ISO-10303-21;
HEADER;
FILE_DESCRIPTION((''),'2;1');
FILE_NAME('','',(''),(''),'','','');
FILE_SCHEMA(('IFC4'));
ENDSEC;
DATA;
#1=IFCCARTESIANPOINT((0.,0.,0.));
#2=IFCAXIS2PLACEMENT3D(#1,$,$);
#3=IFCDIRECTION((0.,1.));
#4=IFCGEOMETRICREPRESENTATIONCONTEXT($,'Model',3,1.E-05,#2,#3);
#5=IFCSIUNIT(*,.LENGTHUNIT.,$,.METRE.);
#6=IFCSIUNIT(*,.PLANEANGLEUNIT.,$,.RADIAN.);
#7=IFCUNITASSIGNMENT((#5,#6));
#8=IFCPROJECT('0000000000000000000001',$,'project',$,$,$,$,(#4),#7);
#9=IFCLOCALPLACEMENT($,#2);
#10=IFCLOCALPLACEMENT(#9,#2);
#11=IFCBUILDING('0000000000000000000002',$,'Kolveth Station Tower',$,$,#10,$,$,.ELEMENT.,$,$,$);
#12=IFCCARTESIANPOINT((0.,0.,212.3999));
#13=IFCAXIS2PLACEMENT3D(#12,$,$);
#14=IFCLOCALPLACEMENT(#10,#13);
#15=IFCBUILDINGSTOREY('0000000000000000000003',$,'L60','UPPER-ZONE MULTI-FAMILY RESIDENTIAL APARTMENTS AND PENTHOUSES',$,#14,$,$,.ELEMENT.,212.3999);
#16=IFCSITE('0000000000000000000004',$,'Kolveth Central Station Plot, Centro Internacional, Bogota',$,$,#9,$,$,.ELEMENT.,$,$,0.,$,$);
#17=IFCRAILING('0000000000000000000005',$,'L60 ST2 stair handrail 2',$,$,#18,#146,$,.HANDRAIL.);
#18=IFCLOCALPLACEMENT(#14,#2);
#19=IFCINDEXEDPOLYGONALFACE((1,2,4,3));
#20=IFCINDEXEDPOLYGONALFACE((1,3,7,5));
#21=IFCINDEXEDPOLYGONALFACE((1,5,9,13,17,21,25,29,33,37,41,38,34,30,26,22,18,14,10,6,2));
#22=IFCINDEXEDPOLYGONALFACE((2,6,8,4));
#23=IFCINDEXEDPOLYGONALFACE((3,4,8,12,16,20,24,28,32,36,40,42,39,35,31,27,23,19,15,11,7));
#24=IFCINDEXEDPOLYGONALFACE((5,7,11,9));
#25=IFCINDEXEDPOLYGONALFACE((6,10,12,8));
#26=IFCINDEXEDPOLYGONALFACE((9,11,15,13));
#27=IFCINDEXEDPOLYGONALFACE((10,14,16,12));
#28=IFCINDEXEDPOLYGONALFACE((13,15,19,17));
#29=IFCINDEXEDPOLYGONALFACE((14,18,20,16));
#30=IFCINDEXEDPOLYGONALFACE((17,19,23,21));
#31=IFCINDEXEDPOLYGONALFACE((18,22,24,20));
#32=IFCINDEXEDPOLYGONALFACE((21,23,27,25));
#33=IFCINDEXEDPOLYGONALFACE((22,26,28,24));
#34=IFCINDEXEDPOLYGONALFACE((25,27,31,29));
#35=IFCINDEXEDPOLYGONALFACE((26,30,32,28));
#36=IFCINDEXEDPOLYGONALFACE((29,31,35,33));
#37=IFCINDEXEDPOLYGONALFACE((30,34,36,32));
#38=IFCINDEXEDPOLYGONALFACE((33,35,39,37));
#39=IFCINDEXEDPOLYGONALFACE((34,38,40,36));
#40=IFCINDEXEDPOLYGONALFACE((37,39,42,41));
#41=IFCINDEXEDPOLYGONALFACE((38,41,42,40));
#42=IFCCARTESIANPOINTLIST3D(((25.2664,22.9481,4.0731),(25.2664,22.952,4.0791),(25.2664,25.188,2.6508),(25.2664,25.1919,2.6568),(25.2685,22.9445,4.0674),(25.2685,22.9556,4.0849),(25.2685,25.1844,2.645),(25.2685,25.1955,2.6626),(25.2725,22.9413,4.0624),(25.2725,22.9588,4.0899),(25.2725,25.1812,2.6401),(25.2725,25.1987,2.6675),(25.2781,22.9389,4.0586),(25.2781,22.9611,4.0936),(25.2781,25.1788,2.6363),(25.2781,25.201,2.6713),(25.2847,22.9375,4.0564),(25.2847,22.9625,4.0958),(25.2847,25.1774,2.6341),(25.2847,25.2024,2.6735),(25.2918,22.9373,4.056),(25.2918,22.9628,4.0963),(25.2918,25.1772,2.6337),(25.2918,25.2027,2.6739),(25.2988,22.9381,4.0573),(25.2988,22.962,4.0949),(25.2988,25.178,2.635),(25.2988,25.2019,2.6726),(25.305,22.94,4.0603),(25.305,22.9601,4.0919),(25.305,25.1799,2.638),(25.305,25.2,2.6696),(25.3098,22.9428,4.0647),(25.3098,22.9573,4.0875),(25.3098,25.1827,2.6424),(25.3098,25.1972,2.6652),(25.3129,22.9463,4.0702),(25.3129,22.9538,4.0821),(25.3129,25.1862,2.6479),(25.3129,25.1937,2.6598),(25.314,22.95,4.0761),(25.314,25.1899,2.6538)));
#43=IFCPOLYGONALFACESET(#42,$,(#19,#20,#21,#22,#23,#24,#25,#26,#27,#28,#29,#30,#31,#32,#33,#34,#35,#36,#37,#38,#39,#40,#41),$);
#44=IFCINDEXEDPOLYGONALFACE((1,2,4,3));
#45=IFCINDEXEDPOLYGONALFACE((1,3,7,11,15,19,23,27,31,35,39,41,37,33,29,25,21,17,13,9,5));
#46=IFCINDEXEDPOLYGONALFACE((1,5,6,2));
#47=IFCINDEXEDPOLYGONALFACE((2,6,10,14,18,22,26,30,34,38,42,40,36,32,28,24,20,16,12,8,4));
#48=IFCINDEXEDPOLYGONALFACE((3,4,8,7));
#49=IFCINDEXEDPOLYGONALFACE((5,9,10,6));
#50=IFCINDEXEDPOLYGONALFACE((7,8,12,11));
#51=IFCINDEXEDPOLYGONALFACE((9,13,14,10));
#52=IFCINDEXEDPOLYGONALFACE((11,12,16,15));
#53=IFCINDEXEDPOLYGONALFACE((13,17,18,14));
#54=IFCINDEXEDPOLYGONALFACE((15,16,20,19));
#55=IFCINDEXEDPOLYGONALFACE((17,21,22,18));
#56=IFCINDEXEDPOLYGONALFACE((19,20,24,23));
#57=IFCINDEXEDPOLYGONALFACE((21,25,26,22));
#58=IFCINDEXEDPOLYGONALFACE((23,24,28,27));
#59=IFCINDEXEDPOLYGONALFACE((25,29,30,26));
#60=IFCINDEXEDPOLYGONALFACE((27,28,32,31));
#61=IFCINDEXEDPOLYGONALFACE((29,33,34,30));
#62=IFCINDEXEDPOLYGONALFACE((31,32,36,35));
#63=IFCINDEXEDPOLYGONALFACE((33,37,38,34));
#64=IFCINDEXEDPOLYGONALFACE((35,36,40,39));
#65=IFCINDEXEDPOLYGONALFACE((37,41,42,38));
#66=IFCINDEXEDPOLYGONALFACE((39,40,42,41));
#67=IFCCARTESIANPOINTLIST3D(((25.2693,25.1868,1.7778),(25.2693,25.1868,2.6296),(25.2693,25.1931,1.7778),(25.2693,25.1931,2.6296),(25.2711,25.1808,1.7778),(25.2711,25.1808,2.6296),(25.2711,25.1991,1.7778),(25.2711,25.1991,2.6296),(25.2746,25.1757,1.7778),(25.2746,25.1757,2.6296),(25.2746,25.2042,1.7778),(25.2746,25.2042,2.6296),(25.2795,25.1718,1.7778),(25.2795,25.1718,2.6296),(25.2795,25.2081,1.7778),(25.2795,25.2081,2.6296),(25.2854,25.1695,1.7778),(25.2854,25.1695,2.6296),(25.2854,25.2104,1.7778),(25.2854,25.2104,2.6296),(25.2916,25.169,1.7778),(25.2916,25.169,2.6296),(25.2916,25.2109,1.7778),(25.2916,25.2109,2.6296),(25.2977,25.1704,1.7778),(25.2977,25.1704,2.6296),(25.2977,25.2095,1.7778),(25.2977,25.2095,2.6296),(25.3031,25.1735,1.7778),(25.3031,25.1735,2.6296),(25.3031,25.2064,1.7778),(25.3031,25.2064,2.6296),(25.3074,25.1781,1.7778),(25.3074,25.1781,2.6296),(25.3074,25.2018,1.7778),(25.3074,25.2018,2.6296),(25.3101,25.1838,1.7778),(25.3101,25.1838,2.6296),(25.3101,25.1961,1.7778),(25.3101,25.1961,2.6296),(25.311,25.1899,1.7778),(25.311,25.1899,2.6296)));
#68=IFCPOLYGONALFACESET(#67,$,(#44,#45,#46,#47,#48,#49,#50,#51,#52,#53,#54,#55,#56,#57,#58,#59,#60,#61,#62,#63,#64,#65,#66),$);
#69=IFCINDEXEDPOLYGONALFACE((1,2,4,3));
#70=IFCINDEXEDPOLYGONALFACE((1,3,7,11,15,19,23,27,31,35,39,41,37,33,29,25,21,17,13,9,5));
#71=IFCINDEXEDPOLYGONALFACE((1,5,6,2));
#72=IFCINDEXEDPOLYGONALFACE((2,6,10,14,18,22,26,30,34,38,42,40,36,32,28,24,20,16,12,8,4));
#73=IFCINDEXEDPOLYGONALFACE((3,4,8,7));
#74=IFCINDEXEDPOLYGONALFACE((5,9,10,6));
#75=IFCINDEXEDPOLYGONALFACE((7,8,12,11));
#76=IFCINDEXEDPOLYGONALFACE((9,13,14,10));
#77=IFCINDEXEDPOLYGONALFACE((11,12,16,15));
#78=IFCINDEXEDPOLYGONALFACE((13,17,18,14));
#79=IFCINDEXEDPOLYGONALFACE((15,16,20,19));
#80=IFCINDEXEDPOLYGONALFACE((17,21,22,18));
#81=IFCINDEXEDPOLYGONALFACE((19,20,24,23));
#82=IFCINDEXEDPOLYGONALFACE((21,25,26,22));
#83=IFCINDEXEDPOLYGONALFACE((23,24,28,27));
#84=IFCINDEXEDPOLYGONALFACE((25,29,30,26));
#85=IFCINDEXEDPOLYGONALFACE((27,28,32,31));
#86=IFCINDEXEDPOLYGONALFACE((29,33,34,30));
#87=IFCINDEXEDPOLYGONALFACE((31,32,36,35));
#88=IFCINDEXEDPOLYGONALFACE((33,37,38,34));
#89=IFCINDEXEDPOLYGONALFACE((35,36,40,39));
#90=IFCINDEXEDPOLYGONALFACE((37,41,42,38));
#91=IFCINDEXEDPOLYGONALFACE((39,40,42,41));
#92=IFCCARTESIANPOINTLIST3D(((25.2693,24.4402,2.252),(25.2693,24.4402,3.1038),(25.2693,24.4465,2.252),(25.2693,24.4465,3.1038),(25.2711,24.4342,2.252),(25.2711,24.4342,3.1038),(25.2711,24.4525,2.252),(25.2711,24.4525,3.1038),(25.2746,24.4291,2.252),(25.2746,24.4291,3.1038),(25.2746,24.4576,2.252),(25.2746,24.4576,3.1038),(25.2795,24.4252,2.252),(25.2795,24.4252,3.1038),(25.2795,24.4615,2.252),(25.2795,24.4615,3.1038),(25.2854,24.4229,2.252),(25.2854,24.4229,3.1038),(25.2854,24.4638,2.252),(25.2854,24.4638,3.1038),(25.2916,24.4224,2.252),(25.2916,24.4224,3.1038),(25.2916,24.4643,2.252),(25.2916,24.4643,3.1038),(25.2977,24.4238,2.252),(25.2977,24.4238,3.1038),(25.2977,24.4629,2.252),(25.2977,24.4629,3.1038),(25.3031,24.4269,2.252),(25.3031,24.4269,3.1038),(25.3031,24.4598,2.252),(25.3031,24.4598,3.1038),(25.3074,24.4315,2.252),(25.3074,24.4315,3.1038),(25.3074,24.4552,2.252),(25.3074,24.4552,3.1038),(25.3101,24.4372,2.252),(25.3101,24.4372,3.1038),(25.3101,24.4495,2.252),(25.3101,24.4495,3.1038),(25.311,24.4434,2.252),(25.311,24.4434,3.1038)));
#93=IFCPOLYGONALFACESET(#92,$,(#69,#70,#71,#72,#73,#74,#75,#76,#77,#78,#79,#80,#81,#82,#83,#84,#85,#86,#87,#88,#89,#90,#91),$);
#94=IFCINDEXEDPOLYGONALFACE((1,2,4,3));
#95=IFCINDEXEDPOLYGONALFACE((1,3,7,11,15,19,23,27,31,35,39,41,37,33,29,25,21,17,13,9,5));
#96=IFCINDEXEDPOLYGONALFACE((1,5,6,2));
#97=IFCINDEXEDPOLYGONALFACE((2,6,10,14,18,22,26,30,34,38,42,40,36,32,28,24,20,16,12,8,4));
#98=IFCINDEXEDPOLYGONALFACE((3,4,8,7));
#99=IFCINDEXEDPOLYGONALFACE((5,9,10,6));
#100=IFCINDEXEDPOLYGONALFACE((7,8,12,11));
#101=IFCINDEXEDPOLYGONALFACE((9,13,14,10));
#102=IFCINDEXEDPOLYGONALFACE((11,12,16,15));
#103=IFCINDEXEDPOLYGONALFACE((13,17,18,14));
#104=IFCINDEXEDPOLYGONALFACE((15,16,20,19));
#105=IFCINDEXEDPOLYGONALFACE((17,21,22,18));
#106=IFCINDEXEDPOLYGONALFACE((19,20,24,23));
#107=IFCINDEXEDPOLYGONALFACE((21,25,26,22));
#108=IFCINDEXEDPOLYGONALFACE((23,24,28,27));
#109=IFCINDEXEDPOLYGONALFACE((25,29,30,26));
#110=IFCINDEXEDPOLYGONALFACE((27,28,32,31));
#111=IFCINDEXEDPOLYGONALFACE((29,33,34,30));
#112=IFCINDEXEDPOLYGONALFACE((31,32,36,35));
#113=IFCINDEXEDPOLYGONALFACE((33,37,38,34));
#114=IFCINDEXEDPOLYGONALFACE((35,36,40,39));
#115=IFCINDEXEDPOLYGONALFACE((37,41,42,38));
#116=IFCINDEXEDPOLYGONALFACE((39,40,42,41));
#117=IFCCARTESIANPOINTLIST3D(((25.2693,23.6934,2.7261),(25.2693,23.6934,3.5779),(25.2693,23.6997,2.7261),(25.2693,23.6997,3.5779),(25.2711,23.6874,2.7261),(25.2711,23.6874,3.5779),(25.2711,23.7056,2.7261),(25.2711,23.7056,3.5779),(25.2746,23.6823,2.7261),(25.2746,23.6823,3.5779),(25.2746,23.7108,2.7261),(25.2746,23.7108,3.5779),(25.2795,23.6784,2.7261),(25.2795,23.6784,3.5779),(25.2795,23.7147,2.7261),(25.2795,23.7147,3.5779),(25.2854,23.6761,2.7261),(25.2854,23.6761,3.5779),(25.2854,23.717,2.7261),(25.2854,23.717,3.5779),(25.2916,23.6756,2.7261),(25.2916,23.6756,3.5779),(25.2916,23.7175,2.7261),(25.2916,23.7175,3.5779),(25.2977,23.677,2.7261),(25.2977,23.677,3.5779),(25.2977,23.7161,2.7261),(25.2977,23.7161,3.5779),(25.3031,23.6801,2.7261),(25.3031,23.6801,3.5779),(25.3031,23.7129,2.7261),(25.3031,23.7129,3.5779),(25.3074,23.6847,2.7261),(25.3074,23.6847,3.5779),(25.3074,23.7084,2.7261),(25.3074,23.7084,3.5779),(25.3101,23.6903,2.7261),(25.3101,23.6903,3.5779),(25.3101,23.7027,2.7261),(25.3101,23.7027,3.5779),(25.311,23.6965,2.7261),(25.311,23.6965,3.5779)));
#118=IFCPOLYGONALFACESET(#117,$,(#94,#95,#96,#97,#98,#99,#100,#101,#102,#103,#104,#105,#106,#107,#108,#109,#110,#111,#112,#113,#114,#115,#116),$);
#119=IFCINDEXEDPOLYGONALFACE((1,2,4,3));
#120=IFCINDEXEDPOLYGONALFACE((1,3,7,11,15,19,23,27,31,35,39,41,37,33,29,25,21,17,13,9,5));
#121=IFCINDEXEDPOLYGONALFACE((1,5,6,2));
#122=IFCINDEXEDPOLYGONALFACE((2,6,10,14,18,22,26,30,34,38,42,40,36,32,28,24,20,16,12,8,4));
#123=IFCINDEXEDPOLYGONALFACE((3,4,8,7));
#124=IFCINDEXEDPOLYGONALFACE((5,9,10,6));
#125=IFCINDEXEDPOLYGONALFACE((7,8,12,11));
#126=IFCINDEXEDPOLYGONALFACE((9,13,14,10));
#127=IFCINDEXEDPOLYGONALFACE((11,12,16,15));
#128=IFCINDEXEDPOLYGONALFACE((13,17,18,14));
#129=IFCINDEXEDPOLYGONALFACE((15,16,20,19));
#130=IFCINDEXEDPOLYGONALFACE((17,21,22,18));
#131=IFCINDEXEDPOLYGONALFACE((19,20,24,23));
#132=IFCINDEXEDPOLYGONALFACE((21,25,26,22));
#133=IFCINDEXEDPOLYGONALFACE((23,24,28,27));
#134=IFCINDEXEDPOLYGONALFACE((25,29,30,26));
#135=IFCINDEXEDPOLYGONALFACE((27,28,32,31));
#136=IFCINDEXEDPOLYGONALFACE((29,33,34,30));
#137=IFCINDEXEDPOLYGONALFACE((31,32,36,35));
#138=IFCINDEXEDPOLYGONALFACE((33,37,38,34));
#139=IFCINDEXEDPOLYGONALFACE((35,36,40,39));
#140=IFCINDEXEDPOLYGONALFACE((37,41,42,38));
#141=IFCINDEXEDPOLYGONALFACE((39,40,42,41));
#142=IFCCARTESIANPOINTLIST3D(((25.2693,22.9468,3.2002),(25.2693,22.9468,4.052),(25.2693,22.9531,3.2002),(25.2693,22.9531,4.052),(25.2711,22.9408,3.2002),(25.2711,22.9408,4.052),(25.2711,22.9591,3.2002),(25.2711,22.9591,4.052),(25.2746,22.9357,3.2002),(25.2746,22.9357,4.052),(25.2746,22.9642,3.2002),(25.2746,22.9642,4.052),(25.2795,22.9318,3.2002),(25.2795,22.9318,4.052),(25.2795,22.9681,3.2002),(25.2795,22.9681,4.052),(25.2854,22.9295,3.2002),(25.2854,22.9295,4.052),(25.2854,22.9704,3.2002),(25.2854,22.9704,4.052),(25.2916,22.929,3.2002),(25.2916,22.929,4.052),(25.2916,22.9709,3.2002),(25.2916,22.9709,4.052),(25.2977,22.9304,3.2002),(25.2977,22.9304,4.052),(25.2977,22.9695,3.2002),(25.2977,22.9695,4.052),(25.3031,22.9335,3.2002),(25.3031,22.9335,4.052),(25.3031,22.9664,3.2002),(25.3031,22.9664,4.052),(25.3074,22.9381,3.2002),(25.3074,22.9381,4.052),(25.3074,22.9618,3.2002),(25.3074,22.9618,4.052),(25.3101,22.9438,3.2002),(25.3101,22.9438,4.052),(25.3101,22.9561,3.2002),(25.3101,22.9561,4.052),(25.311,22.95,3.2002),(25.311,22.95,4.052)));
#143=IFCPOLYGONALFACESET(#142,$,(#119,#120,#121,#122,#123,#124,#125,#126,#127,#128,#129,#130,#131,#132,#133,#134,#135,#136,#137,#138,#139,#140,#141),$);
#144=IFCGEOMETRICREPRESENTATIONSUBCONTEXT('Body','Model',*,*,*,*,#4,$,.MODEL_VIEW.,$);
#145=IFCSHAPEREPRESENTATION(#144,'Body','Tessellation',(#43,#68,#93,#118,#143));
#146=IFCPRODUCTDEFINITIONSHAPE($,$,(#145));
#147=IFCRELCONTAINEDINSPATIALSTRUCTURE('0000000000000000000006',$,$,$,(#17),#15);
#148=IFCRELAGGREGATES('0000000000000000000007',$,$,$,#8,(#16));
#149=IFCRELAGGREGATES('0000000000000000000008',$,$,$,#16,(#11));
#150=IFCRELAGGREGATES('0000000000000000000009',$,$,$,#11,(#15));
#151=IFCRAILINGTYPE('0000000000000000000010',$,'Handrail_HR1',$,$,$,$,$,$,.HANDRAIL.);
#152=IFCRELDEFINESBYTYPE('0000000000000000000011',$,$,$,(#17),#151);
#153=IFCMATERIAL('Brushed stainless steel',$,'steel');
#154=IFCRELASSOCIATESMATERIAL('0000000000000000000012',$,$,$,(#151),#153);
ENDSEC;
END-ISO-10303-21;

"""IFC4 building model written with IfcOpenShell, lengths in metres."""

from ifc_helpers import new_model, si_unit, direction, frame, origin, origin_2d, place, context, subcontext, project, spatial, circle, extrude, material, type_object, element, save


model = new_model("IFC4")

# Units and contexts
model_context = context("Model", 3, precision=1e-05, world=origin(), true_north=direction((0.0, 1.0)))
body_context = subcontext(model_context, "Body", "Model", "MODEL_VIEW")
ifc_project = project(units=[si_unit("LENGTHUNIT", "METRE"), si_unit("PLANEANGLEUNIT", "RADIAN")], contexts=[model_context])

# Site, building, storey
site_placement = place(None, origin())
site = spatial("IfcSite", under=ifc_project, at=site_placement, Name="Kolveth Central Station Plot, Centro Internacional, Bogota", CompositionType="ELEMENT", RefElevation=0.0)
building_placement = place(site_placement, origin())
building = spatial("IfcBuilding", under=site, at=building_placement, Name="Kolveth Station Tower", CompositionType="ELEMENT")
storey_placement = place(building_placement, frame((0.0, 0.0, 212.3999)))
storey = spatial("IfcBuildingStorey", under=building, at=storey_placement, Name="L60", Description="UPPER-ZONE MULTI-FAMILY RESIDENTIAL APARTMENTS AND PENTHOUSES", CompositionType="ELEMENT", Elevation=212.3999)

# Railing
ifc_material_1 = material(Name="Brushed stainless steel", Category="steel")
railing_type_1 = type_object("IfcRailingType", Name="Handrail_HR1", PredefinedType="HANDRAIL", material=ifc_material_1)
for number, where, name in (
    (1, (25.29, 25.1899, 1.7778), "L60 ST2 stair handrail 2"),
):
    element("IfcRailing", number, at=place(storey_placement, frame(where)), inside=storey, type_object=railing_type_1, Name=name, PredefinedType="HANDRAIL", context=body_context, shape_type="SweptSolid", body=[
        extrude(circle(Radius=0.0239, at=origin_2d()), frame((0.0, 0.0, 0.876), z_axis=(0.0, -0.844188, 0.536048), x_axis=(1.0, 0.0, 0.0)), (0.0, 0.0, 1.0), 2.6533),
        extrude(circle(Radius=0.021, at=origin_2d()), origin(), (0.0, 0.0, 1.0), 0.8518),
        extrude(circle(Radius=0.021, at=origin_2d()), frame((0.0, -0.7466, 0.4741)), (0.0, 0.0, 1.0), 0.8518),
        extrude(circle(Radius=0.021, at=origin_2d()), frame((0.0, -1.4934, 0.9482)), (0.0, 0.0, 1.0), 0.8518),
        extrude(circle(Radius=0.021, at=origin_2d()), frame((0.0, -2.24, 1.4224)), (0.0, 0.0, 1.0), 0.8518),
    ])

save(model, "model.ifc")
